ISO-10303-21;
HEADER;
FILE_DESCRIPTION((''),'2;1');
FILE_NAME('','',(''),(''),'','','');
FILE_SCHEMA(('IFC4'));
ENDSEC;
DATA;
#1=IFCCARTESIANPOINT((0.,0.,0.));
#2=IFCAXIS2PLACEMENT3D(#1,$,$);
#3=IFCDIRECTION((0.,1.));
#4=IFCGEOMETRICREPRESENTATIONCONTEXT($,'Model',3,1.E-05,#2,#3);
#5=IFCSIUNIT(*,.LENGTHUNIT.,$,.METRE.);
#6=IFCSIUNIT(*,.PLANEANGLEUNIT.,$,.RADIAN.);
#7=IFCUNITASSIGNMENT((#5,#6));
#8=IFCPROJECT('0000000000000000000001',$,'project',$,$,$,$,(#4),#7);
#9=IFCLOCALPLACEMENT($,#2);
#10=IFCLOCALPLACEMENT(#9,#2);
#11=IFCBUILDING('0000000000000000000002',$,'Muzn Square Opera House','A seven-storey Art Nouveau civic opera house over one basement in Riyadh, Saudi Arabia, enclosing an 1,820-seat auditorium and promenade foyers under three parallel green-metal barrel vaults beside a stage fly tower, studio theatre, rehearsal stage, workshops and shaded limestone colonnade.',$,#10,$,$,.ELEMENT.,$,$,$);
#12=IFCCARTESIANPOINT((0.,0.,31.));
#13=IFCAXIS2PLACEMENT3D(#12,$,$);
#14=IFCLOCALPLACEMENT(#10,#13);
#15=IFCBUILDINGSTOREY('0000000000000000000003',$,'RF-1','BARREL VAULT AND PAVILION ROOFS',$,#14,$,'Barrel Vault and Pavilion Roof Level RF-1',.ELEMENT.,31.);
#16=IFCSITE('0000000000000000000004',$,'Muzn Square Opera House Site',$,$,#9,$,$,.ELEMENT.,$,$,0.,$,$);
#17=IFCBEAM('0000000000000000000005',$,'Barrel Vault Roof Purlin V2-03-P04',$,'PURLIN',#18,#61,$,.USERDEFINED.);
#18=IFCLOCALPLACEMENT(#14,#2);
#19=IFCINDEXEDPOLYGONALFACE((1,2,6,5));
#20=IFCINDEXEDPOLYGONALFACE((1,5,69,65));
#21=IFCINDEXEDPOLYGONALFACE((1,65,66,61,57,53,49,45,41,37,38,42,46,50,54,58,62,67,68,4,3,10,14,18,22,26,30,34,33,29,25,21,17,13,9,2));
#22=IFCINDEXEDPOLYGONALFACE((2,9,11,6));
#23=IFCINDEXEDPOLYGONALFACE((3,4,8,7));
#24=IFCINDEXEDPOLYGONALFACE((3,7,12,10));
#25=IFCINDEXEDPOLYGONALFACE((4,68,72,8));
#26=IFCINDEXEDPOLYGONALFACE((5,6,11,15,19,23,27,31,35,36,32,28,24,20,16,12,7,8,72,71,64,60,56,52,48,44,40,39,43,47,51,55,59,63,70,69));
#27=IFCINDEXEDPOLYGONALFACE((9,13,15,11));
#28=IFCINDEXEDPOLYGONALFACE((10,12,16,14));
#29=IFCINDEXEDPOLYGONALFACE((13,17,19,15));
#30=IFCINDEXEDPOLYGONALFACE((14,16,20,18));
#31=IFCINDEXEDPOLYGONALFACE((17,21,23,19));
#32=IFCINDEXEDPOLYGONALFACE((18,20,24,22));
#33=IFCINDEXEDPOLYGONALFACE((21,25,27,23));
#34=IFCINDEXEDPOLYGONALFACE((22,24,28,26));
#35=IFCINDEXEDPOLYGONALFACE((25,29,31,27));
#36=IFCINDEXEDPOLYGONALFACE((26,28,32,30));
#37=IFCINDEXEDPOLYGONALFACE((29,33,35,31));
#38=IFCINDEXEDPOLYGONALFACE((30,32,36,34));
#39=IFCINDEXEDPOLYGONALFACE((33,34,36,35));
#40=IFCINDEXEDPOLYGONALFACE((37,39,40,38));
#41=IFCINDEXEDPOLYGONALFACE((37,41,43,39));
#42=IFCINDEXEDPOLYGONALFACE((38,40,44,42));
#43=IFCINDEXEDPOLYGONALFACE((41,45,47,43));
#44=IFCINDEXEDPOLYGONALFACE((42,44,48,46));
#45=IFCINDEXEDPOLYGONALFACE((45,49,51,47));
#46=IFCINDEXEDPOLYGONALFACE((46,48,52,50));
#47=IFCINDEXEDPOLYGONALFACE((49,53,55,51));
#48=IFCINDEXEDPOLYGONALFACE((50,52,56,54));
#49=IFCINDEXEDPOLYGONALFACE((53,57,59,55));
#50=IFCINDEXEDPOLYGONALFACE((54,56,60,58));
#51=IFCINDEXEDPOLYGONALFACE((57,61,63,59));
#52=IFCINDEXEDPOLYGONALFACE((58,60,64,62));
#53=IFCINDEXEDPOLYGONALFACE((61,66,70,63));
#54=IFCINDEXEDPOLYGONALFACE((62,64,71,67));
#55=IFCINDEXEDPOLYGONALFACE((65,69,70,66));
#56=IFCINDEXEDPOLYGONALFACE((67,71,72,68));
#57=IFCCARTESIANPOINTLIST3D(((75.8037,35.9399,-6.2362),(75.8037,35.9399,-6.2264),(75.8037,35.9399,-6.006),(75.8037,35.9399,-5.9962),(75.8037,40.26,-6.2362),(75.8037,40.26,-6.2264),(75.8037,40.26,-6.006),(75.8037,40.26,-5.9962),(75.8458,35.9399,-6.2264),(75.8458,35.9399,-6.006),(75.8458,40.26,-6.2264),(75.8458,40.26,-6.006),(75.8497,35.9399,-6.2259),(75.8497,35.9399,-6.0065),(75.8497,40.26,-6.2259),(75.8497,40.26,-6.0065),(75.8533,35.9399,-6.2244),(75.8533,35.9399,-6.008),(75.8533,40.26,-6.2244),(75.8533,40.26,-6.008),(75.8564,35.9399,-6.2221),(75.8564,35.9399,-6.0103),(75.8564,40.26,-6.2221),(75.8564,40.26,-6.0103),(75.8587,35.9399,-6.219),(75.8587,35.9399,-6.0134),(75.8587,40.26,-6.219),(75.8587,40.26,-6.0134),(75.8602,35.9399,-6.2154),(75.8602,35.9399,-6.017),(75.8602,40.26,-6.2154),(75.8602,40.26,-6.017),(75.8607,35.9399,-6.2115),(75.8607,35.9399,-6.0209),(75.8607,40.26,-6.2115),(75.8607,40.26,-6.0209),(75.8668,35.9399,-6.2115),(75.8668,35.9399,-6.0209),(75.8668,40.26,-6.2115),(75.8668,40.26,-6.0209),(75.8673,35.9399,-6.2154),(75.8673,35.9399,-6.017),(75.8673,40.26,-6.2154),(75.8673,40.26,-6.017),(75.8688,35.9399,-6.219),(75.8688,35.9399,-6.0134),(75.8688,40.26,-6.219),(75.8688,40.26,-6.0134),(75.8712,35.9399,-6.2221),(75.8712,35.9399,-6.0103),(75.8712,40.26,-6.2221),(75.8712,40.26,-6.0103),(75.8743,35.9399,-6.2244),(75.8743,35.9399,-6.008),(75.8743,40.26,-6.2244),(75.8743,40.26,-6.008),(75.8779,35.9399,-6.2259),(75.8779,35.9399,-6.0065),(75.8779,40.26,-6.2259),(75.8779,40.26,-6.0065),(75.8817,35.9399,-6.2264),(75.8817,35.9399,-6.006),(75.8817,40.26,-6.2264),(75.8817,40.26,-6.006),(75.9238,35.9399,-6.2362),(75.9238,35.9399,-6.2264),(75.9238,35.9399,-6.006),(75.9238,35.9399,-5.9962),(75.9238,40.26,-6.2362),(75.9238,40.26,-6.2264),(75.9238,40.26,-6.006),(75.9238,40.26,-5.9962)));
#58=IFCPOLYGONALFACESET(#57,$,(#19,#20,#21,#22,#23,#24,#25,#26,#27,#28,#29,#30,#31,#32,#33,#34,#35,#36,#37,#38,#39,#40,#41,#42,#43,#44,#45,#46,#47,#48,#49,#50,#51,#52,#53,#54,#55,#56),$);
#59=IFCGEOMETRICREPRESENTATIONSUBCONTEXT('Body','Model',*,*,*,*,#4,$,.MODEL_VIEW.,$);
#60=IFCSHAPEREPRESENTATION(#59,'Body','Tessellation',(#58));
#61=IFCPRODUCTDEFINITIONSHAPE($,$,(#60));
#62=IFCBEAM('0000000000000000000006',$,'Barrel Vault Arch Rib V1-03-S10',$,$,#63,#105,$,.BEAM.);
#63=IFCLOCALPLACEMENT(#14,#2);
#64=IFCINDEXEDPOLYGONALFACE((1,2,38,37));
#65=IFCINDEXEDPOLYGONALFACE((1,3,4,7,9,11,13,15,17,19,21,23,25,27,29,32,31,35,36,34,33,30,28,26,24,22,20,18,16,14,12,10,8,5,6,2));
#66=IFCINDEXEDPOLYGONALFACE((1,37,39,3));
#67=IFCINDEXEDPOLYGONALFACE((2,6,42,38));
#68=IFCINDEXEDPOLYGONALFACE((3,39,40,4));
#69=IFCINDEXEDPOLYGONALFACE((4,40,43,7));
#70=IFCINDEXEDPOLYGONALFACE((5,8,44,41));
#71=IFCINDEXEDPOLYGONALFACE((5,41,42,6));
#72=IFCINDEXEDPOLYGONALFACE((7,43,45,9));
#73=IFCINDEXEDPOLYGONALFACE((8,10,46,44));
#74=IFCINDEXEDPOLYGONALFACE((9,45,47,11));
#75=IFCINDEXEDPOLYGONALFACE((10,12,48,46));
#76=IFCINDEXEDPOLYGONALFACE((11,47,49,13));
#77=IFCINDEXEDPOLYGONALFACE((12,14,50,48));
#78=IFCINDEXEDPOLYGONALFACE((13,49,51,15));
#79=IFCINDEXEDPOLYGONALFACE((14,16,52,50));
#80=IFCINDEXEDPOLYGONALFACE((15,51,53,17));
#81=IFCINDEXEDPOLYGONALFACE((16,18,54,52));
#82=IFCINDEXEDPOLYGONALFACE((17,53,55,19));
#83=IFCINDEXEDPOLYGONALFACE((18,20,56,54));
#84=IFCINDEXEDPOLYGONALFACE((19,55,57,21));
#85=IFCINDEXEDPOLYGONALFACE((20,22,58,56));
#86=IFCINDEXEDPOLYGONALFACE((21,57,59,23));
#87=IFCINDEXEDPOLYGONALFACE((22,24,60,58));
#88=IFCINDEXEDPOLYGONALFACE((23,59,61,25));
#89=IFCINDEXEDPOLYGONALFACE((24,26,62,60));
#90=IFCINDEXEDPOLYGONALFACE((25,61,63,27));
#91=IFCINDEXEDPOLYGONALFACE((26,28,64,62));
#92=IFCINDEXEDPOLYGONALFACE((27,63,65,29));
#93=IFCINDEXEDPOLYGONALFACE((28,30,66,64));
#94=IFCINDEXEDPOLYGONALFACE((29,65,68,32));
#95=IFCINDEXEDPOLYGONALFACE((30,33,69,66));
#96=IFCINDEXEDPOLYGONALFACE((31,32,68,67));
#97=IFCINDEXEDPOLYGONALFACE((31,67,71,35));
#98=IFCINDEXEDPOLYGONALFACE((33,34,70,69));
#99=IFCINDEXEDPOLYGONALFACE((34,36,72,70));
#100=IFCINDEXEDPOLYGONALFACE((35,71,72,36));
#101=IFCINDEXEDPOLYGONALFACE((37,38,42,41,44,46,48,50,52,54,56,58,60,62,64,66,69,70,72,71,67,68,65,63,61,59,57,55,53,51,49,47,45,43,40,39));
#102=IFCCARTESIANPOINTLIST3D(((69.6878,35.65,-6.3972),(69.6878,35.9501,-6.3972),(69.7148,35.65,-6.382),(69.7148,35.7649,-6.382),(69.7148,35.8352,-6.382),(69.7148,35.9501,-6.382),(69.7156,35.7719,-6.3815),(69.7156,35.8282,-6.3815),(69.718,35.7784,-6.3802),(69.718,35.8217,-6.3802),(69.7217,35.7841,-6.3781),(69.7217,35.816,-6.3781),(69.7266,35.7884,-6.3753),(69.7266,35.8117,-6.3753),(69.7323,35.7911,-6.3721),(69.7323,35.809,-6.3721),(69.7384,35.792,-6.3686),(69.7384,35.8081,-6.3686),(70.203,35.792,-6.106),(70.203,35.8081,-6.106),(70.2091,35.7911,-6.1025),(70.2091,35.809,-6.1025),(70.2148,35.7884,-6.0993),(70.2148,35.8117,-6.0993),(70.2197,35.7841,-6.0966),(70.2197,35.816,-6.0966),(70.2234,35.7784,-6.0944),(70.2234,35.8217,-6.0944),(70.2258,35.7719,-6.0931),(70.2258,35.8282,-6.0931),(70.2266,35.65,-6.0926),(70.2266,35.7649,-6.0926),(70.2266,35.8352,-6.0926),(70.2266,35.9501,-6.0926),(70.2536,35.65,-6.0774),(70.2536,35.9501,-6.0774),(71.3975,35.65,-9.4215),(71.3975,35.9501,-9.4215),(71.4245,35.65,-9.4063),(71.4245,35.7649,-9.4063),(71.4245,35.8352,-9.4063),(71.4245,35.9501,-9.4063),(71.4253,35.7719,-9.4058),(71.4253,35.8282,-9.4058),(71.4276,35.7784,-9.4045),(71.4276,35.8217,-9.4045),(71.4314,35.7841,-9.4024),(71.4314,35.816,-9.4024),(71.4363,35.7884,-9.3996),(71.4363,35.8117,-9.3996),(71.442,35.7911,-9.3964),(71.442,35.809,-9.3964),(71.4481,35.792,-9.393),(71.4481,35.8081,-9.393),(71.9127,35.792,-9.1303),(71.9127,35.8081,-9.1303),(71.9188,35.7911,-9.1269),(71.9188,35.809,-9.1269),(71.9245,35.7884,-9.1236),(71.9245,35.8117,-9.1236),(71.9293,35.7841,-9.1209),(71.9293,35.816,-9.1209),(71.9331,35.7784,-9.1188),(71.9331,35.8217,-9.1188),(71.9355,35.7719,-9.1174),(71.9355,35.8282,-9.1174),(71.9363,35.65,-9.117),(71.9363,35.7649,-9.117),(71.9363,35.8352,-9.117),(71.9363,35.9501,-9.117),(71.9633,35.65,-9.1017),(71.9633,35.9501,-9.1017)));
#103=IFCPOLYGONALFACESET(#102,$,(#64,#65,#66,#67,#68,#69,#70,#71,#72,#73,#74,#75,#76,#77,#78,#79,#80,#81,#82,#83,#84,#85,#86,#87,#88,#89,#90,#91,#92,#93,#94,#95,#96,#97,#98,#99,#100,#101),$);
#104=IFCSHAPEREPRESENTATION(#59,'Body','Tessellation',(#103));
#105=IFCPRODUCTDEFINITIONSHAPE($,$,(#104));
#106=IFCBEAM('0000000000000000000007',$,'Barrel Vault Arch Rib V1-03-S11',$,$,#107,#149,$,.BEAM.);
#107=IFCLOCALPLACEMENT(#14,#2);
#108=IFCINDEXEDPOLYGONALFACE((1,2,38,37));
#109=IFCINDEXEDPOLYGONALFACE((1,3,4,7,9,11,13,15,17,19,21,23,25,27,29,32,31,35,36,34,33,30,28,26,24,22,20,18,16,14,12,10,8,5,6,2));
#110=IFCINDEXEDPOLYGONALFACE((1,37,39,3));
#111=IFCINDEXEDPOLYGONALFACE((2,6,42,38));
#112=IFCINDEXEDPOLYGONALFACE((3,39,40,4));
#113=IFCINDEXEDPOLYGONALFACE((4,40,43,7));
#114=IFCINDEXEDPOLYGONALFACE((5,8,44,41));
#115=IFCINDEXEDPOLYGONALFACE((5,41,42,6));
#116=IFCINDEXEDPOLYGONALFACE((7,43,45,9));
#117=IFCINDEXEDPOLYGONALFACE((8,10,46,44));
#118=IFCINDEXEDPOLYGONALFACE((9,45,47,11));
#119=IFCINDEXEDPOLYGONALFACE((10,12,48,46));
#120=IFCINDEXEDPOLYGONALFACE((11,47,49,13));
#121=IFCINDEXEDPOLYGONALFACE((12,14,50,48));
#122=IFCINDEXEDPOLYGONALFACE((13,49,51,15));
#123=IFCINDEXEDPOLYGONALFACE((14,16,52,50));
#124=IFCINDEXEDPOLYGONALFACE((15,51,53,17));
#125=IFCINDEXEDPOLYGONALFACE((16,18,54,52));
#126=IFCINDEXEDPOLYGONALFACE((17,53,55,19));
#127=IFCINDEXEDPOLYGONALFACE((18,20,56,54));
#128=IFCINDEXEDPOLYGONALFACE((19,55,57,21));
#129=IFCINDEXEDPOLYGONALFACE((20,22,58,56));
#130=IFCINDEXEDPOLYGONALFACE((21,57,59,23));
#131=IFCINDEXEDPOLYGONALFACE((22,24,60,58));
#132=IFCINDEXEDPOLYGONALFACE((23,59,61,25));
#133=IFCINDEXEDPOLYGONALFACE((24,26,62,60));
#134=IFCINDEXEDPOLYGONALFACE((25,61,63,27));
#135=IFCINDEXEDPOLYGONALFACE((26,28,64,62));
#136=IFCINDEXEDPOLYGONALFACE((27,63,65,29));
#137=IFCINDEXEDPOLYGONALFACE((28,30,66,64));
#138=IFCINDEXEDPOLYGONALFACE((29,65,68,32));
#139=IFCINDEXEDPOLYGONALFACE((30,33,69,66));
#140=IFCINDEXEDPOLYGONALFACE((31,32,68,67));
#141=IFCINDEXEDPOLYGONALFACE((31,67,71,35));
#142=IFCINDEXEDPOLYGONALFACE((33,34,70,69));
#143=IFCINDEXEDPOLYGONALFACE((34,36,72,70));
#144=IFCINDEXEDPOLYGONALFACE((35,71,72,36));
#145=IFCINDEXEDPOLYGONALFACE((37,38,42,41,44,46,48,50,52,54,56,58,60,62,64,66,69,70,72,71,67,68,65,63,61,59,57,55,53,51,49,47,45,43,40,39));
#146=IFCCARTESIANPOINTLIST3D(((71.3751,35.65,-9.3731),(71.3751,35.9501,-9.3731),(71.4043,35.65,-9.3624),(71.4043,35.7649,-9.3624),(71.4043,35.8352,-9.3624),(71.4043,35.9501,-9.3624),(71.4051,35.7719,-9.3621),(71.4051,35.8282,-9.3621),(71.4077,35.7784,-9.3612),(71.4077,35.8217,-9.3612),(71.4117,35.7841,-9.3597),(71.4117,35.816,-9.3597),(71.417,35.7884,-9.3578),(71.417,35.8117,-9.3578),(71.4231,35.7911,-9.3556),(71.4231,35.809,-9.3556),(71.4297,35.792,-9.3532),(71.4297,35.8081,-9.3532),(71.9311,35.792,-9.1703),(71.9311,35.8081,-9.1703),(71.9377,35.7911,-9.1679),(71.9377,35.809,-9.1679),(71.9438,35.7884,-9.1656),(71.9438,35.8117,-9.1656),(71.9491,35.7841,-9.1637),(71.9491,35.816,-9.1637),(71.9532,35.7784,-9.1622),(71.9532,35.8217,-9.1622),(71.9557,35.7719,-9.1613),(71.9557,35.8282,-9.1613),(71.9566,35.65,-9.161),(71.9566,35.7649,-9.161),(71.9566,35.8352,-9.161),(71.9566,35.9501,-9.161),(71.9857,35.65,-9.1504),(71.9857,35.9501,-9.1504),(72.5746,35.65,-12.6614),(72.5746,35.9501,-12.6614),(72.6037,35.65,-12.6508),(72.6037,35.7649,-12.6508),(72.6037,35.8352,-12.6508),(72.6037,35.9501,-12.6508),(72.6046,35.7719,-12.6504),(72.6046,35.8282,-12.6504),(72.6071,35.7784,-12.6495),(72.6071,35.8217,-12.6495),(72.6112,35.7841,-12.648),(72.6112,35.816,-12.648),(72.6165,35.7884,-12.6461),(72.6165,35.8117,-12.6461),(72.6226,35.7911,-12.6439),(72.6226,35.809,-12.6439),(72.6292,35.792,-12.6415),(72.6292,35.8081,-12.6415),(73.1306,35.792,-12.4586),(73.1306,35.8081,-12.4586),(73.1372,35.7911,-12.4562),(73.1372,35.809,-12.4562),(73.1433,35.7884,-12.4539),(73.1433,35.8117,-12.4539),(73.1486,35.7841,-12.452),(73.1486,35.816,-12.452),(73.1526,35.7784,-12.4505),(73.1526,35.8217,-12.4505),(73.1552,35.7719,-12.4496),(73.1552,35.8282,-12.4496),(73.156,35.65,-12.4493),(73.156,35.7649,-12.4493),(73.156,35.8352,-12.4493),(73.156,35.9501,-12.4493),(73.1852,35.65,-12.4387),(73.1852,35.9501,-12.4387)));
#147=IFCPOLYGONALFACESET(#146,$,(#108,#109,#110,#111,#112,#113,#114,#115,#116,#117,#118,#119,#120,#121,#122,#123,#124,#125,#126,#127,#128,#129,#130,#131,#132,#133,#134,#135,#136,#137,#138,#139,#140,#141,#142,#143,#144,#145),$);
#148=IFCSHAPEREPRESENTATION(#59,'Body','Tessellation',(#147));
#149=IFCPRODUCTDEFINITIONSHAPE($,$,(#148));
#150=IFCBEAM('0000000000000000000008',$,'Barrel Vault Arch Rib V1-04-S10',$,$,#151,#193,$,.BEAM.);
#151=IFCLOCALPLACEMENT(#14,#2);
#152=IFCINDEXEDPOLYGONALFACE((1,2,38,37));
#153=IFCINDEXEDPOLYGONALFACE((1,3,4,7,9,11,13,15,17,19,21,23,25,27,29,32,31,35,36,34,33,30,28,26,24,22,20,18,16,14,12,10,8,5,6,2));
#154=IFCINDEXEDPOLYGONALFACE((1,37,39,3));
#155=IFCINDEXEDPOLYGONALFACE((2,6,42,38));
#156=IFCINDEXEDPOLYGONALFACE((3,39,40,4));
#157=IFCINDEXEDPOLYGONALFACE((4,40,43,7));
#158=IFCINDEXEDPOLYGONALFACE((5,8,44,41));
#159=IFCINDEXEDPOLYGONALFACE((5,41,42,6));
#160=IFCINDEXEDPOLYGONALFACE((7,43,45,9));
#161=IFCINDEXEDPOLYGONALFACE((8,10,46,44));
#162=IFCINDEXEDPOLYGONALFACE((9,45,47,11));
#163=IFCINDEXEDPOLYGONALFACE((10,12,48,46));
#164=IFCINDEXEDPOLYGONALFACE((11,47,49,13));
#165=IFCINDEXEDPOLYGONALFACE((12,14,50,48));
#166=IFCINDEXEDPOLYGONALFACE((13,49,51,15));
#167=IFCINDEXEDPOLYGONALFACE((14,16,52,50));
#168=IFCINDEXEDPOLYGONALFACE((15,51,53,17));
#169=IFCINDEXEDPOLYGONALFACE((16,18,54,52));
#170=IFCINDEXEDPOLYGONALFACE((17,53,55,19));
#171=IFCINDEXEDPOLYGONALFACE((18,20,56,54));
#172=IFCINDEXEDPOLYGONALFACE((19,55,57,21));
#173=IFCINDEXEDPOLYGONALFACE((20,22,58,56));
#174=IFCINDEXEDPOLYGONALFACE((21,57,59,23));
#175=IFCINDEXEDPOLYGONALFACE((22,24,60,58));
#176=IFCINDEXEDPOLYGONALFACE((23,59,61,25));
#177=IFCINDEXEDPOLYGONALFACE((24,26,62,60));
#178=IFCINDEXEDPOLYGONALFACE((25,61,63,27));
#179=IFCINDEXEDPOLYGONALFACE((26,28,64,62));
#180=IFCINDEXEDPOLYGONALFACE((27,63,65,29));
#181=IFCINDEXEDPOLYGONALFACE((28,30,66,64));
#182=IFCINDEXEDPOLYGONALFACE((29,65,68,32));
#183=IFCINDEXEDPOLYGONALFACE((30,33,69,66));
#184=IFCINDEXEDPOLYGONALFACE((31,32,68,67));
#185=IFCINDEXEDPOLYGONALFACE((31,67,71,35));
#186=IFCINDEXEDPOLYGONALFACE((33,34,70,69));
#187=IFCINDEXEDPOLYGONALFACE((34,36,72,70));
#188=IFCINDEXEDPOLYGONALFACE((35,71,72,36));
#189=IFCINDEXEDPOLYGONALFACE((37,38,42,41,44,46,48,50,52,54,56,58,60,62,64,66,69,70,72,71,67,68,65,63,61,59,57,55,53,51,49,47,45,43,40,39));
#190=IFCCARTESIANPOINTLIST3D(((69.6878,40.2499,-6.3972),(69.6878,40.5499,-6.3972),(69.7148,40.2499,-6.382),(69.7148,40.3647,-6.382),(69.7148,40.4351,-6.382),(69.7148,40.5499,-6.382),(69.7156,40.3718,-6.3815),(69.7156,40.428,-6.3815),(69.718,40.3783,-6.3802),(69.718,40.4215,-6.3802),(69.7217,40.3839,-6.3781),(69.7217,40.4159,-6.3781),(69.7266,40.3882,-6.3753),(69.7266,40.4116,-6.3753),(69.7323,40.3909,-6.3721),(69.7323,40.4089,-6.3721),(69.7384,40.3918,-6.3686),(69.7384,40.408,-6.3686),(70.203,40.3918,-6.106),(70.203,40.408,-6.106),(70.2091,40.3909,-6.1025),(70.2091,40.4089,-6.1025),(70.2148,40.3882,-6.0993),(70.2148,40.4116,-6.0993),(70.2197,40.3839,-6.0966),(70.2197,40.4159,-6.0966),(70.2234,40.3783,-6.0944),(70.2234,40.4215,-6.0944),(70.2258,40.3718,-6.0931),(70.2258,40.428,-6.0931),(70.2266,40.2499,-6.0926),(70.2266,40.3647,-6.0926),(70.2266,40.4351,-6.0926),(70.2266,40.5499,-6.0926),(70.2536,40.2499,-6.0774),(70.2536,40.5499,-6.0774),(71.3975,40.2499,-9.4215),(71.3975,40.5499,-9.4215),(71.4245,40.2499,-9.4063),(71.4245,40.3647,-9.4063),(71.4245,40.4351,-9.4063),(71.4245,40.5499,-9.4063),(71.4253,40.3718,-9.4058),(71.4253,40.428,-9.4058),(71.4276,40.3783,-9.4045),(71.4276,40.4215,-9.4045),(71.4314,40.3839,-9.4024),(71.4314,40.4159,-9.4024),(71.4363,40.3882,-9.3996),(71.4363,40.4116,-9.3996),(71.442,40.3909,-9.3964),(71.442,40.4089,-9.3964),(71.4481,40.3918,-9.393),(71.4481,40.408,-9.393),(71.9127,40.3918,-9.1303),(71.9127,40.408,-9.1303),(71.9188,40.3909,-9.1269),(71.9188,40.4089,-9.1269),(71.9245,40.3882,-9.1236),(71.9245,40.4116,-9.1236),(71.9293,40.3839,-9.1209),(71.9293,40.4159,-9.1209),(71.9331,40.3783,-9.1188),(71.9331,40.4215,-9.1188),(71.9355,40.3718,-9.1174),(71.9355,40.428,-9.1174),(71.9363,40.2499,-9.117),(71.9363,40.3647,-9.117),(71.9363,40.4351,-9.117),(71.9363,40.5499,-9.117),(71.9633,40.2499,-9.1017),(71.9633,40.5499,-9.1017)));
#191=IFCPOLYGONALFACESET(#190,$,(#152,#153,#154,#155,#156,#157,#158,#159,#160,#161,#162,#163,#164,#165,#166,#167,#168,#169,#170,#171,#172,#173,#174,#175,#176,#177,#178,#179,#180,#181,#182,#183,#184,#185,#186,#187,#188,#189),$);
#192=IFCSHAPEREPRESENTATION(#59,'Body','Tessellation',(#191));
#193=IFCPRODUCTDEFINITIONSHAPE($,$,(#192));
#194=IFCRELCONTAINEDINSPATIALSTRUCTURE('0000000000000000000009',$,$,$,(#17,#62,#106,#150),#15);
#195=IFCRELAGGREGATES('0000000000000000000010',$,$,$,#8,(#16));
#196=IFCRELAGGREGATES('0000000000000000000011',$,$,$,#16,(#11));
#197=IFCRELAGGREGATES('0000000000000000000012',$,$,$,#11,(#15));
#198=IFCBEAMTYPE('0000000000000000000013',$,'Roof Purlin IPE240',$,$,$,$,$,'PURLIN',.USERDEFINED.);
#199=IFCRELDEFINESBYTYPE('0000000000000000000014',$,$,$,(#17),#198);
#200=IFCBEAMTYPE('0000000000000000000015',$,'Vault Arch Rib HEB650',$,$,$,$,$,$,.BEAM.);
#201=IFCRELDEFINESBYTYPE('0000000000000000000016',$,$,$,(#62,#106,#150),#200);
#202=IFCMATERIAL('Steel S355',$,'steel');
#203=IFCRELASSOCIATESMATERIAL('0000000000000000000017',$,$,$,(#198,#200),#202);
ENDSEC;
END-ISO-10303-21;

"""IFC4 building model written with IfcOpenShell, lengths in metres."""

from ifc_helpers import new_model, si_unit, direction, frame, origin, origin_2d, place, context, subcontext, project, spatial, i_section, extrude, material, material_profile, profile_set, type_object, element, save


model = new_model("IFC4")

# Units and contexts
model_context = context("Model", 3, precision=1e-05, world=origin(), true_north=direction((0.0, 1.0)))
body_context = subcontext(model_context, "Body", "Model", "MODEL_VIEW")
ifc_project = project(units=[si_unit("LENGTHUNIT", "METRE"), si_unit("PLANEANGLEUNIT", "RADIAN")], contexts=[model_context])

# Site, building, storey
site_placement = place(None, origin())
site = spatial("IfcSite", under=ifc_project, at=site_placement, Name="Muzn Square Opera House Site", CompositionType="ELEMENT", RefElevation=0.0)
building_placement = place(site_placement, origin())
building = spatial("IfcBuilding", under=site, at=building_placement, Name="Muzn Square Opera House", Description="A seven-storey Art Nouveau civic opera house over one basement in Riyadh, Saudi Arabia, enclosing an 1,820-seat auditorium and promenade foyers under three parallel green-metal barrel vaults beside a stage fly tower, studio theatre, rehearsal stage, workshops and shaded limestone colonnade.", CompositionType="ELEMENT")
storey_placement = place(building_placement, frame((0.0, 0.0, 31.0)))
storey = spatial("IfcBuildingStorey", under=building, at=storey_placement, Name="RF-1", Description="BARREL VAULT AND PAVILION ROOFS", LongName="Barrel Vault and Pavilion Roof Level RF-1", CompositionType="ELEMENT", Elevation=31.0)

# Beams
ifc_material_1 = material(Name="Steel S355", Category="steel")
ifc_material_profile_1 = material_profile(ifc_material_1, i_section(OverallWidth=0.1201, OverallDepth=0.24, WebThickness=0.0061, FlangeThickness=0.0098, FilletRadius=0.0149, at=origin_2d()), Name="IPE 240", Category="steel")
ifc_profile_set_1 = profile_set([ifc_material_profile_1], Name="Steel S355")
beam_type_1 = type_object("IfcBeamType", Name="Roof Purlin IPE240", ElementType="PURLIN", PredefinedType="USERDEFINED", material=ifc_profile_set_1)
for number, where, z_axis, x_axis, name in (
    (1, (75.8638, 35.9399, -6.1162), (0.0, 1.0, 0.0), (-1.0, 0.0, 0.0), "Barrel Vault Roof Purlin V2-03-P04"),
):
    element("IfcBeam", number, at=place(storey_placement, frame(where, z_axis=z_axis, x_axis=x_axis)), inside=storey, type_object=beam_type_1, Name=name, ObjectType="PURLIN", PredefinedType="USERDEFINED", context=body_context, shape_type="SweptSolid", body=[
        extrude(i_section(OverallWidth=0.1201, OverallDepth=0.24, WebThickness=0.0061, FlangeThickness=0.0098, FilletRadius=0.0149, at=origin_2d()), origin(), (0.0, 0.0, 1.0), 4.3201),
    ])
ifc_material_profile_2 = material_profile(ifc_material_1, i_section(OverallWidth=0.3, OverallDepth=0.6499, WebThickness=0.0161, FlangeThickness=0.031, FilletRadius=0.0271, at=origin_2d()), Name="HEB 650", Category="steel")
ifc_profile_set_2 = profile_set([ifc_material_profile_2], Name="Steel S355")
beam_type_2 = type_object("IfcBeamType", Name="Vault Arch Rib HEB650", PredefinedType="BEAM", material=ifc_profile_set_2)
beam_1_placement = place(storey_placement, frame((69.9707, 35.8, -6.2373), z_axis=(0.492115, 0.0, -0.87053), x_axis=(0.0, 1.0, 0.0)))
element("IfcBeam", 2, at=beam_1_placement, inside=storey, type_object=beam_type_2, Name="Barrel Vault Arch Rib V1-03-S10", PredefinedType="BEAM", context=body_context, shape_type="SweptSolid", body=[
    extrude(i_section(OverallWidth=0.3, OverallDepth=0.6499, WebThickness=0.0161, FlangeThickness=0.031, FilletRadius=0.0271, at=origin_2d()), origin(), (0.0, 0.0, 1.0), 3.4741),
])
beam_2_placement = place(storey_placement, frame((71.6804, 35.8, -9.2617), z_axis=(0.342678, 0.0, -0.939453), x_axis=(0.0, 1.0, 0.0)))
element("IfcBeam", 3, at=beam_2_placement, inside=storey, type_object=beam_type_2, Name="Barrel Vault Arch Rib V1-03-S11", PredefinedType="BEAM", context=body_context, shape_type="SweptSolid", body=[
    extrude(i_section(OverallWidth=0.3, OverallDepth=0.6499, WebThickness=0.0161, FlangeThickness=0.031, FilletRadius=0.0271, at=origin_2d()), origin(), (0.0, 0.0, 1.0), 3.5002),
])
beam_3_placement = place(storey_placement, frame((69.9707, 40.3999, -6.2373), z_axis=(0.492115, 0.0, -0.87053), x_axis=(0.0, 1.0, 0.0)))
element("IfcBeam", 4, at=beam_3_placement, inside=storey, type_object=beam_type_2, Name="Barrel Vault Arch Rib V1-04-S10", PredefinedType="BEAM", context=body_context, shape_type="SweptSolid", body=[
    extrude(i_section(OverallWidth=0.3, OverallDepth=0.6499, WebThickness=0.0161, FlangeThickness=0.031, FilletRadius=0.0271, at=origin_2d()), origin(), (0.0, 0.0, 1.0), 3.4741),
])

save(model, "model.ifc")
